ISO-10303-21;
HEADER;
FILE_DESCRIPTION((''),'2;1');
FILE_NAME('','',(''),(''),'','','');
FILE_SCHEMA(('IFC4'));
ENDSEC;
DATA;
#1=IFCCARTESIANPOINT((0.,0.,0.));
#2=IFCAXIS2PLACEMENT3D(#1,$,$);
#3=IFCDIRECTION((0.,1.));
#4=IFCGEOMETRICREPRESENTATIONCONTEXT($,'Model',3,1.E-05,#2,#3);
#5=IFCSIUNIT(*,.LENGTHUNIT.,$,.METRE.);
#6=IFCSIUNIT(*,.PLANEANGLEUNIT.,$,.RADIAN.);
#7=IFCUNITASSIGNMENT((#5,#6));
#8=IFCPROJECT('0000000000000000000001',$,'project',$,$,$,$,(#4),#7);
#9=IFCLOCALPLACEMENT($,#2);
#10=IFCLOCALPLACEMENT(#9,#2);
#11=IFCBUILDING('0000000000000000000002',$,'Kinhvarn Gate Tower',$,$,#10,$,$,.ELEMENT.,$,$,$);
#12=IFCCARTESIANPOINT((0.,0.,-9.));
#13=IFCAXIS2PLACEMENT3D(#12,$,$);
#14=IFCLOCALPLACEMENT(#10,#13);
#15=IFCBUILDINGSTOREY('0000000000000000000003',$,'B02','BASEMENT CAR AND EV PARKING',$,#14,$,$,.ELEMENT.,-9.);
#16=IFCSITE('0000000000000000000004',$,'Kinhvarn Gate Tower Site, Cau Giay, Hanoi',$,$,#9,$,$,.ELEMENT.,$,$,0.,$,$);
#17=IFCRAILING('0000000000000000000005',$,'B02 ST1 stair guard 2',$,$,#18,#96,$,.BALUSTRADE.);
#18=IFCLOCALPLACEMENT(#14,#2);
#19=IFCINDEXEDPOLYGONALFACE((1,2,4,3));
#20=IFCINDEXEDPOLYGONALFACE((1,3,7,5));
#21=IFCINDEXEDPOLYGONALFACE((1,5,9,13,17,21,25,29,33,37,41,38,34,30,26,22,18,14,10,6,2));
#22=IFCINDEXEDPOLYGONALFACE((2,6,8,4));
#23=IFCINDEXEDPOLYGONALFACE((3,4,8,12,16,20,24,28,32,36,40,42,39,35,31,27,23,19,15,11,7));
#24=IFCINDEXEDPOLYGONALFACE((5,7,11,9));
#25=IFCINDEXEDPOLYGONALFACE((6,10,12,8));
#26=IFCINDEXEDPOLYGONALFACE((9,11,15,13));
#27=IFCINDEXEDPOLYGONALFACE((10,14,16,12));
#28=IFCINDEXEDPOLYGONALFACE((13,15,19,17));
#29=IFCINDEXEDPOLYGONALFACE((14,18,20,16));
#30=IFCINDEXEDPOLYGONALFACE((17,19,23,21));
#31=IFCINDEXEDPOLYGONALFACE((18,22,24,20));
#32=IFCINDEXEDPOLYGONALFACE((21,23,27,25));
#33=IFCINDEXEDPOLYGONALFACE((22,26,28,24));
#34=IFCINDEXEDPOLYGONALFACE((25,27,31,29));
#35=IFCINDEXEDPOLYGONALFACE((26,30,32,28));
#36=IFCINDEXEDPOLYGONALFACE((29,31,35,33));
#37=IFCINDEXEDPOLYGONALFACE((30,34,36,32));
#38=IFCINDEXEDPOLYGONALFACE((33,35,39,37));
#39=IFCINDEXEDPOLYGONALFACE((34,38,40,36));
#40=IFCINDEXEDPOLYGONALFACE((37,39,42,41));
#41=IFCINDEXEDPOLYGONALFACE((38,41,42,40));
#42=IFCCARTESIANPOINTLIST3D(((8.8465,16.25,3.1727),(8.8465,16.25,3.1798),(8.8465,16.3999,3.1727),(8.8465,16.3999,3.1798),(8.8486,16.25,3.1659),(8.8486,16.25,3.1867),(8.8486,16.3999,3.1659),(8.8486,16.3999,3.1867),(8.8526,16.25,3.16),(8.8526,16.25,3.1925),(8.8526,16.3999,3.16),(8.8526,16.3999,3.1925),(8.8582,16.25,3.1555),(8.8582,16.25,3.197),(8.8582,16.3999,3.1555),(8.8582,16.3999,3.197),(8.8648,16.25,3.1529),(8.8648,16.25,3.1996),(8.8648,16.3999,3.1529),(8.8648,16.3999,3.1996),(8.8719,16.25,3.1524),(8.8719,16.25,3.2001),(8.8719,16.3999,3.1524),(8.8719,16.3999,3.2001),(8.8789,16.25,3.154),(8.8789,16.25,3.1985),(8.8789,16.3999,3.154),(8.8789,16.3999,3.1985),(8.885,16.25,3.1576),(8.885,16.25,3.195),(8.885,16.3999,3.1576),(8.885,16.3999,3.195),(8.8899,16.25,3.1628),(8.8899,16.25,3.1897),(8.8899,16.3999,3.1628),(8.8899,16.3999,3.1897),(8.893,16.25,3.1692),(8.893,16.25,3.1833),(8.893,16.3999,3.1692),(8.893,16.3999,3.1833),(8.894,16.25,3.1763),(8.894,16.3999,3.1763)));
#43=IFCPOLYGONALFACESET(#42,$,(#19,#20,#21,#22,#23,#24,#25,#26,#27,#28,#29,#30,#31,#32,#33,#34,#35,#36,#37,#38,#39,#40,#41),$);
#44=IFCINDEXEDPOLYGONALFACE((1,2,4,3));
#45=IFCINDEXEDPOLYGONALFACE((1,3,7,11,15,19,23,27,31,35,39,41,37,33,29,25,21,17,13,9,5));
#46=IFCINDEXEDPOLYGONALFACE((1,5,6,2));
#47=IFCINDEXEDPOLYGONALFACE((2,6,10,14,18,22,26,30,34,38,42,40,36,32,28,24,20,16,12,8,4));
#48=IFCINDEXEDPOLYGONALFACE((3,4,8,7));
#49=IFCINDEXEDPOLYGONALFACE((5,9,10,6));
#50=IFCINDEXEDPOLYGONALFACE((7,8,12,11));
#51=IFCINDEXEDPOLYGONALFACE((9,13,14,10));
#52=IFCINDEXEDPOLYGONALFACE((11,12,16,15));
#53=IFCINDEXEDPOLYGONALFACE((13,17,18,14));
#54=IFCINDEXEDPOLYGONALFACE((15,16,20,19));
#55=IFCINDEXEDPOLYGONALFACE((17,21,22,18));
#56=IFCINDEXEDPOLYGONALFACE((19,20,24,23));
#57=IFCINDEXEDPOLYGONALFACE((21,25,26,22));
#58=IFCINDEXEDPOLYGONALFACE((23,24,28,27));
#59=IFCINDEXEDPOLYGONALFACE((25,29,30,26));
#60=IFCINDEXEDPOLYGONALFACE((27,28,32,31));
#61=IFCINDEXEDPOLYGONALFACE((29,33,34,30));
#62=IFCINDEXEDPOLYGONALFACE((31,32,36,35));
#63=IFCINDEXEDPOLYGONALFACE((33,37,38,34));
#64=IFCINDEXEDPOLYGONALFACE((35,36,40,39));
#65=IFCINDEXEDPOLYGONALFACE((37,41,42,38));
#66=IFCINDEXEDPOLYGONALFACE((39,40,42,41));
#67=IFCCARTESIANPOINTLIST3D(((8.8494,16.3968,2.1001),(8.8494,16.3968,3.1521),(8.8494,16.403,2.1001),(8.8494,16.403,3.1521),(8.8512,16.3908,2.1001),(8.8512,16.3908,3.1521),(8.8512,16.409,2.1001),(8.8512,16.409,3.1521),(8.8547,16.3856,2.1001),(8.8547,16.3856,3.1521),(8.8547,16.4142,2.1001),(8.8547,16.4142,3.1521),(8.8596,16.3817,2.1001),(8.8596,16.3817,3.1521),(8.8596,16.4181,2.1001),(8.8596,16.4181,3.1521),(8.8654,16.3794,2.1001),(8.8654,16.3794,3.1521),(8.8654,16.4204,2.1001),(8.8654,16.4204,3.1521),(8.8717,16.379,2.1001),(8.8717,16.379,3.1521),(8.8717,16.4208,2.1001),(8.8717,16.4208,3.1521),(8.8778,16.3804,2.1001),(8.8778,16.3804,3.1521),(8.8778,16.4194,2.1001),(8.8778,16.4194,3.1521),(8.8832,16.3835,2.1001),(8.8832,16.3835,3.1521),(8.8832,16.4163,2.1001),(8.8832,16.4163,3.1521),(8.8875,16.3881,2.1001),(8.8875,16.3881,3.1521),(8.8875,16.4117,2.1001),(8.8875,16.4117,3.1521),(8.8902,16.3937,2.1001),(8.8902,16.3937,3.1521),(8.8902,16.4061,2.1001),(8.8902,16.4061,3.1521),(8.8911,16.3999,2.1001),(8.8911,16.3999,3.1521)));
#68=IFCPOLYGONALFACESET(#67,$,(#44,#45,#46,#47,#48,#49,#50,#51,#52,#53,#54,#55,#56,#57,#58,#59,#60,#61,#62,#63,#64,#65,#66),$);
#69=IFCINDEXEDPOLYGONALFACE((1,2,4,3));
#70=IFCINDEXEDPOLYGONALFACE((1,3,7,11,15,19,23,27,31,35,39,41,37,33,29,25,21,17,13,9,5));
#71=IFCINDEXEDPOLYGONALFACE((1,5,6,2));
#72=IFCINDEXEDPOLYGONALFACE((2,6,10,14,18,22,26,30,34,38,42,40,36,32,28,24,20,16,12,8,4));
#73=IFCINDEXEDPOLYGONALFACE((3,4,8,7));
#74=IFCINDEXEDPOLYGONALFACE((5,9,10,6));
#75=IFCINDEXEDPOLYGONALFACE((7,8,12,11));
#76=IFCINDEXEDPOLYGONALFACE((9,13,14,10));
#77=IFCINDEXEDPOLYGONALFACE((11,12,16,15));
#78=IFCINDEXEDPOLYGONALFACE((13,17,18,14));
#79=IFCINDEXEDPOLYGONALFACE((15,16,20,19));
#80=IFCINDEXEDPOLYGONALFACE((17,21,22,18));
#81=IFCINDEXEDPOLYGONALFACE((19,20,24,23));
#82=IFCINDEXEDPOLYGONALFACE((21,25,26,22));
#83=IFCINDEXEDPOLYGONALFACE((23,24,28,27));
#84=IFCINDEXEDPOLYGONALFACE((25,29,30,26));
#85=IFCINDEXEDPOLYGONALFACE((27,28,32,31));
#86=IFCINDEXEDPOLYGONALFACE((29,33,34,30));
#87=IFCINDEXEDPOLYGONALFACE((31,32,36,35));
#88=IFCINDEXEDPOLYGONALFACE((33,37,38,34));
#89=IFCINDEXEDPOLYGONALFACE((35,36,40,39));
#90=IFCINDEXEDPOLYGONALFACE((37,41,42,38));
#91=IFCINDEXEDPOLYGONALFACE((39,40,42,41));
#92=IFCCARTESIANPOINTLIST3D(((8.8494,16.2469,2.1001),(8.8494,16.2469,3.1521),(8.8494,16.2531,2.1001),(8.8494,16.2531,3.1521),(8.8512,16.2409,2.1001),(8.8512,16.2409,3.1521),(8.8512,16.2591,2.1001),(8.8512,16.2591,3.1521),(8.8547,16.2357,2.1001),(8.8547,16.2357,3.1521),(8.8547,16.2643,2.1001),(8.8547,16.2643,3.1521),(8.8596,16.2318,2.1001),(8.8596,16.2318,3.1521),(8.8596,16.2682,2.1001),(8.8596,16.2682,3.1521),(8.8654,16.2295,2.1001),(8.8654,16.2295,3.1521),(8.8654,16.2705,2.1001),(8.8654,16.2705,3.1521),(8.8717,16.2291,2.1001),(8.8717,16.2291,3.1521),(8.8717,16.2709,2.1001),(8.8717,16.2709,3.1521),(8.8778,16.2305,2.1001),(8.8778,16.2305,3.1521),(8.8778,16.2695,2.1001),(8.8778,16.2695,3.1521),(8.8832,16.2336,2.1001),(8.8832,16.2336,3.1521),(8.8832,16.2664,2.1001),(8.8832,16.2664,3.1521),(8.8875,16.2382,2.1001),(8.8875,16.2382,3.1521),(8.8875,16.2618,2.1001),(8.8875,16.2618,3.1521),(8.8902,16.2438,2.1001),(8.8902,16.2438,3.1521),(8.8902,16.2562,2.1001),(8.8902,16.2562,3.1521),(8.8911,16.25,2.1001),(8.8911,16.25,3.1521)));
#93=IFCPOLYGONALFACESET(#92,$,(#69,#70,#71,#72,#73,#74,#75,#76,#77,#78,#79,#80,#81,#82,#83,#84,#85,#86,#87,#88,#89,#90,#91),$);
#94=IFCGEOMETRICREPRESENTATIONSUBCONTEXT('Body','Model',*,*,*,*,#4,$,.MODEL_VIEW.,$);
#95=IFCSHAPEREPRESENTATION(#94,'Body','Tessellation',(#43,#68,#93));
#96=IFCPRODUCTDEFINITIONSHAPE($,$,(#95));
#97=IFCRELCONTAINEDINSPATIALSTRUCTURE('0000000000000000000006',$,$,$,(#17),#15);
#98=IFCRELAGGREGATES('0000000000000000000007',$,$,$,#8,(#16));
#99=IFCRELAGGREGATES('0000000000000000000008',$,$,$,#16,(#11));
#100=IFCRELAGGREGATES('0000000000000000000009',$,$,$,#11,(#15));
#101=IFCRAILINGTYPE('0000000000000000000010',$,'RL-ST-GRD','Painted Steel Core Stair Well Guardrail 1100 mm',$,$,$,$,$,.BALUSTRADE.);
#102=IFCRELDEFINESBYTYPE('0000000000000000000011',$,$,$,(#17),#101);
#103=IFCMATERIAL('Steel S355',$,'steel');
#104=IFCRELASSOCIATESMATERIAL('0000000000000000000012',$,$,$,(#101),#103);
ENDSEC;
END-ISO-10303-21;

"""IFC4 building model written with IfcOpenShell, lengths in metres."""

from ifc_helpers import new_model, si_unit, direction, frame, origin, origin_2d, place, context, subcontext, project, spatial, circle, extrude, material, type_object, element, save


model = new_model("IFC4")

# Units and contexts
model_context = context("Model", 3, precision=1e-05, world=origin(), true_north=direction((0.0, 1.0)))
body_context = subcontext(model_context, "Body", "Model", "MODEL_VIEW")
ifc_project = project(units=[si_unit("LENGTHUNIT", "METRE"), si_unit("PLANEANGLEUNIT", "RADIAN")], contexts=[model_context])

# Site, building, storey
site_placement = place(None, origin())
site = spatial("IfcSite", under=ifc_project, at=site_placement, Name="Kinhvarn Gate Tower Site, Cau Giay, Hanoi", CompositionType="ELEMENT", RefElevation=0.0)
building_placement = place(site_placement, origin())
building = spatial("IfcBuilding", under=site, at=building_placement, Name="Kinhvarn Gate Tower", CompositionType="ELEMENT")
storey_placement = place(building_placement, frame((0.0, 0.0, -9.0)))
storey = spatial("IfcBuildingStorey", under=building, at=storey_placement, Name="B02", Description="BASEMENT CAR AND EV PARKING", CompositionType="ELEMENT", Elevation=-9.0)

# Shared definitions
ifc_material_1 = material(Name="Steel S355", Category="steel")

# Railing
railing_type_1 = type_object("IfcRailingType", Name="RL-ST-GRD", Description="Painted Steel Core Stair Well Guardrail 1100 mm", PredefinedType="BALUSTRADE", material=ifc_material_1)
railing_1_placement = place(storey_placement, frame((8.8701, 16.3999, 2.1001)))
element("IfcRailing", 1, at=railing_1_placement, inside=storey, type_object=railing_type_1, Name="B02 ST1 stair guard 2", PredefinedType="BALUSTRADE", context=body_context, shape_type="SweptSolid", body=[
    extrude(circle(Radius=0.0239, at=origin_2d()), frame((0.0, 0.0, 1.0762), z_axis=(0.0, -1.0, 0.0), x_axis=(1.0, 0.0, 0.0)), (0.0, 0.0, 1.0), 0.1499),
    extrude(circle(Radius=0.021, at=origin_2d()), origin(), (0.0, 0.0, 1.0), 1.052),
    extrude(circle(Radius=0.021, at=origin_2d()), frame((0.0, -0.1499, 0.0)), (0.0, 0.0, 1.0), 1.052),
])

save(model, "model.ifc")
